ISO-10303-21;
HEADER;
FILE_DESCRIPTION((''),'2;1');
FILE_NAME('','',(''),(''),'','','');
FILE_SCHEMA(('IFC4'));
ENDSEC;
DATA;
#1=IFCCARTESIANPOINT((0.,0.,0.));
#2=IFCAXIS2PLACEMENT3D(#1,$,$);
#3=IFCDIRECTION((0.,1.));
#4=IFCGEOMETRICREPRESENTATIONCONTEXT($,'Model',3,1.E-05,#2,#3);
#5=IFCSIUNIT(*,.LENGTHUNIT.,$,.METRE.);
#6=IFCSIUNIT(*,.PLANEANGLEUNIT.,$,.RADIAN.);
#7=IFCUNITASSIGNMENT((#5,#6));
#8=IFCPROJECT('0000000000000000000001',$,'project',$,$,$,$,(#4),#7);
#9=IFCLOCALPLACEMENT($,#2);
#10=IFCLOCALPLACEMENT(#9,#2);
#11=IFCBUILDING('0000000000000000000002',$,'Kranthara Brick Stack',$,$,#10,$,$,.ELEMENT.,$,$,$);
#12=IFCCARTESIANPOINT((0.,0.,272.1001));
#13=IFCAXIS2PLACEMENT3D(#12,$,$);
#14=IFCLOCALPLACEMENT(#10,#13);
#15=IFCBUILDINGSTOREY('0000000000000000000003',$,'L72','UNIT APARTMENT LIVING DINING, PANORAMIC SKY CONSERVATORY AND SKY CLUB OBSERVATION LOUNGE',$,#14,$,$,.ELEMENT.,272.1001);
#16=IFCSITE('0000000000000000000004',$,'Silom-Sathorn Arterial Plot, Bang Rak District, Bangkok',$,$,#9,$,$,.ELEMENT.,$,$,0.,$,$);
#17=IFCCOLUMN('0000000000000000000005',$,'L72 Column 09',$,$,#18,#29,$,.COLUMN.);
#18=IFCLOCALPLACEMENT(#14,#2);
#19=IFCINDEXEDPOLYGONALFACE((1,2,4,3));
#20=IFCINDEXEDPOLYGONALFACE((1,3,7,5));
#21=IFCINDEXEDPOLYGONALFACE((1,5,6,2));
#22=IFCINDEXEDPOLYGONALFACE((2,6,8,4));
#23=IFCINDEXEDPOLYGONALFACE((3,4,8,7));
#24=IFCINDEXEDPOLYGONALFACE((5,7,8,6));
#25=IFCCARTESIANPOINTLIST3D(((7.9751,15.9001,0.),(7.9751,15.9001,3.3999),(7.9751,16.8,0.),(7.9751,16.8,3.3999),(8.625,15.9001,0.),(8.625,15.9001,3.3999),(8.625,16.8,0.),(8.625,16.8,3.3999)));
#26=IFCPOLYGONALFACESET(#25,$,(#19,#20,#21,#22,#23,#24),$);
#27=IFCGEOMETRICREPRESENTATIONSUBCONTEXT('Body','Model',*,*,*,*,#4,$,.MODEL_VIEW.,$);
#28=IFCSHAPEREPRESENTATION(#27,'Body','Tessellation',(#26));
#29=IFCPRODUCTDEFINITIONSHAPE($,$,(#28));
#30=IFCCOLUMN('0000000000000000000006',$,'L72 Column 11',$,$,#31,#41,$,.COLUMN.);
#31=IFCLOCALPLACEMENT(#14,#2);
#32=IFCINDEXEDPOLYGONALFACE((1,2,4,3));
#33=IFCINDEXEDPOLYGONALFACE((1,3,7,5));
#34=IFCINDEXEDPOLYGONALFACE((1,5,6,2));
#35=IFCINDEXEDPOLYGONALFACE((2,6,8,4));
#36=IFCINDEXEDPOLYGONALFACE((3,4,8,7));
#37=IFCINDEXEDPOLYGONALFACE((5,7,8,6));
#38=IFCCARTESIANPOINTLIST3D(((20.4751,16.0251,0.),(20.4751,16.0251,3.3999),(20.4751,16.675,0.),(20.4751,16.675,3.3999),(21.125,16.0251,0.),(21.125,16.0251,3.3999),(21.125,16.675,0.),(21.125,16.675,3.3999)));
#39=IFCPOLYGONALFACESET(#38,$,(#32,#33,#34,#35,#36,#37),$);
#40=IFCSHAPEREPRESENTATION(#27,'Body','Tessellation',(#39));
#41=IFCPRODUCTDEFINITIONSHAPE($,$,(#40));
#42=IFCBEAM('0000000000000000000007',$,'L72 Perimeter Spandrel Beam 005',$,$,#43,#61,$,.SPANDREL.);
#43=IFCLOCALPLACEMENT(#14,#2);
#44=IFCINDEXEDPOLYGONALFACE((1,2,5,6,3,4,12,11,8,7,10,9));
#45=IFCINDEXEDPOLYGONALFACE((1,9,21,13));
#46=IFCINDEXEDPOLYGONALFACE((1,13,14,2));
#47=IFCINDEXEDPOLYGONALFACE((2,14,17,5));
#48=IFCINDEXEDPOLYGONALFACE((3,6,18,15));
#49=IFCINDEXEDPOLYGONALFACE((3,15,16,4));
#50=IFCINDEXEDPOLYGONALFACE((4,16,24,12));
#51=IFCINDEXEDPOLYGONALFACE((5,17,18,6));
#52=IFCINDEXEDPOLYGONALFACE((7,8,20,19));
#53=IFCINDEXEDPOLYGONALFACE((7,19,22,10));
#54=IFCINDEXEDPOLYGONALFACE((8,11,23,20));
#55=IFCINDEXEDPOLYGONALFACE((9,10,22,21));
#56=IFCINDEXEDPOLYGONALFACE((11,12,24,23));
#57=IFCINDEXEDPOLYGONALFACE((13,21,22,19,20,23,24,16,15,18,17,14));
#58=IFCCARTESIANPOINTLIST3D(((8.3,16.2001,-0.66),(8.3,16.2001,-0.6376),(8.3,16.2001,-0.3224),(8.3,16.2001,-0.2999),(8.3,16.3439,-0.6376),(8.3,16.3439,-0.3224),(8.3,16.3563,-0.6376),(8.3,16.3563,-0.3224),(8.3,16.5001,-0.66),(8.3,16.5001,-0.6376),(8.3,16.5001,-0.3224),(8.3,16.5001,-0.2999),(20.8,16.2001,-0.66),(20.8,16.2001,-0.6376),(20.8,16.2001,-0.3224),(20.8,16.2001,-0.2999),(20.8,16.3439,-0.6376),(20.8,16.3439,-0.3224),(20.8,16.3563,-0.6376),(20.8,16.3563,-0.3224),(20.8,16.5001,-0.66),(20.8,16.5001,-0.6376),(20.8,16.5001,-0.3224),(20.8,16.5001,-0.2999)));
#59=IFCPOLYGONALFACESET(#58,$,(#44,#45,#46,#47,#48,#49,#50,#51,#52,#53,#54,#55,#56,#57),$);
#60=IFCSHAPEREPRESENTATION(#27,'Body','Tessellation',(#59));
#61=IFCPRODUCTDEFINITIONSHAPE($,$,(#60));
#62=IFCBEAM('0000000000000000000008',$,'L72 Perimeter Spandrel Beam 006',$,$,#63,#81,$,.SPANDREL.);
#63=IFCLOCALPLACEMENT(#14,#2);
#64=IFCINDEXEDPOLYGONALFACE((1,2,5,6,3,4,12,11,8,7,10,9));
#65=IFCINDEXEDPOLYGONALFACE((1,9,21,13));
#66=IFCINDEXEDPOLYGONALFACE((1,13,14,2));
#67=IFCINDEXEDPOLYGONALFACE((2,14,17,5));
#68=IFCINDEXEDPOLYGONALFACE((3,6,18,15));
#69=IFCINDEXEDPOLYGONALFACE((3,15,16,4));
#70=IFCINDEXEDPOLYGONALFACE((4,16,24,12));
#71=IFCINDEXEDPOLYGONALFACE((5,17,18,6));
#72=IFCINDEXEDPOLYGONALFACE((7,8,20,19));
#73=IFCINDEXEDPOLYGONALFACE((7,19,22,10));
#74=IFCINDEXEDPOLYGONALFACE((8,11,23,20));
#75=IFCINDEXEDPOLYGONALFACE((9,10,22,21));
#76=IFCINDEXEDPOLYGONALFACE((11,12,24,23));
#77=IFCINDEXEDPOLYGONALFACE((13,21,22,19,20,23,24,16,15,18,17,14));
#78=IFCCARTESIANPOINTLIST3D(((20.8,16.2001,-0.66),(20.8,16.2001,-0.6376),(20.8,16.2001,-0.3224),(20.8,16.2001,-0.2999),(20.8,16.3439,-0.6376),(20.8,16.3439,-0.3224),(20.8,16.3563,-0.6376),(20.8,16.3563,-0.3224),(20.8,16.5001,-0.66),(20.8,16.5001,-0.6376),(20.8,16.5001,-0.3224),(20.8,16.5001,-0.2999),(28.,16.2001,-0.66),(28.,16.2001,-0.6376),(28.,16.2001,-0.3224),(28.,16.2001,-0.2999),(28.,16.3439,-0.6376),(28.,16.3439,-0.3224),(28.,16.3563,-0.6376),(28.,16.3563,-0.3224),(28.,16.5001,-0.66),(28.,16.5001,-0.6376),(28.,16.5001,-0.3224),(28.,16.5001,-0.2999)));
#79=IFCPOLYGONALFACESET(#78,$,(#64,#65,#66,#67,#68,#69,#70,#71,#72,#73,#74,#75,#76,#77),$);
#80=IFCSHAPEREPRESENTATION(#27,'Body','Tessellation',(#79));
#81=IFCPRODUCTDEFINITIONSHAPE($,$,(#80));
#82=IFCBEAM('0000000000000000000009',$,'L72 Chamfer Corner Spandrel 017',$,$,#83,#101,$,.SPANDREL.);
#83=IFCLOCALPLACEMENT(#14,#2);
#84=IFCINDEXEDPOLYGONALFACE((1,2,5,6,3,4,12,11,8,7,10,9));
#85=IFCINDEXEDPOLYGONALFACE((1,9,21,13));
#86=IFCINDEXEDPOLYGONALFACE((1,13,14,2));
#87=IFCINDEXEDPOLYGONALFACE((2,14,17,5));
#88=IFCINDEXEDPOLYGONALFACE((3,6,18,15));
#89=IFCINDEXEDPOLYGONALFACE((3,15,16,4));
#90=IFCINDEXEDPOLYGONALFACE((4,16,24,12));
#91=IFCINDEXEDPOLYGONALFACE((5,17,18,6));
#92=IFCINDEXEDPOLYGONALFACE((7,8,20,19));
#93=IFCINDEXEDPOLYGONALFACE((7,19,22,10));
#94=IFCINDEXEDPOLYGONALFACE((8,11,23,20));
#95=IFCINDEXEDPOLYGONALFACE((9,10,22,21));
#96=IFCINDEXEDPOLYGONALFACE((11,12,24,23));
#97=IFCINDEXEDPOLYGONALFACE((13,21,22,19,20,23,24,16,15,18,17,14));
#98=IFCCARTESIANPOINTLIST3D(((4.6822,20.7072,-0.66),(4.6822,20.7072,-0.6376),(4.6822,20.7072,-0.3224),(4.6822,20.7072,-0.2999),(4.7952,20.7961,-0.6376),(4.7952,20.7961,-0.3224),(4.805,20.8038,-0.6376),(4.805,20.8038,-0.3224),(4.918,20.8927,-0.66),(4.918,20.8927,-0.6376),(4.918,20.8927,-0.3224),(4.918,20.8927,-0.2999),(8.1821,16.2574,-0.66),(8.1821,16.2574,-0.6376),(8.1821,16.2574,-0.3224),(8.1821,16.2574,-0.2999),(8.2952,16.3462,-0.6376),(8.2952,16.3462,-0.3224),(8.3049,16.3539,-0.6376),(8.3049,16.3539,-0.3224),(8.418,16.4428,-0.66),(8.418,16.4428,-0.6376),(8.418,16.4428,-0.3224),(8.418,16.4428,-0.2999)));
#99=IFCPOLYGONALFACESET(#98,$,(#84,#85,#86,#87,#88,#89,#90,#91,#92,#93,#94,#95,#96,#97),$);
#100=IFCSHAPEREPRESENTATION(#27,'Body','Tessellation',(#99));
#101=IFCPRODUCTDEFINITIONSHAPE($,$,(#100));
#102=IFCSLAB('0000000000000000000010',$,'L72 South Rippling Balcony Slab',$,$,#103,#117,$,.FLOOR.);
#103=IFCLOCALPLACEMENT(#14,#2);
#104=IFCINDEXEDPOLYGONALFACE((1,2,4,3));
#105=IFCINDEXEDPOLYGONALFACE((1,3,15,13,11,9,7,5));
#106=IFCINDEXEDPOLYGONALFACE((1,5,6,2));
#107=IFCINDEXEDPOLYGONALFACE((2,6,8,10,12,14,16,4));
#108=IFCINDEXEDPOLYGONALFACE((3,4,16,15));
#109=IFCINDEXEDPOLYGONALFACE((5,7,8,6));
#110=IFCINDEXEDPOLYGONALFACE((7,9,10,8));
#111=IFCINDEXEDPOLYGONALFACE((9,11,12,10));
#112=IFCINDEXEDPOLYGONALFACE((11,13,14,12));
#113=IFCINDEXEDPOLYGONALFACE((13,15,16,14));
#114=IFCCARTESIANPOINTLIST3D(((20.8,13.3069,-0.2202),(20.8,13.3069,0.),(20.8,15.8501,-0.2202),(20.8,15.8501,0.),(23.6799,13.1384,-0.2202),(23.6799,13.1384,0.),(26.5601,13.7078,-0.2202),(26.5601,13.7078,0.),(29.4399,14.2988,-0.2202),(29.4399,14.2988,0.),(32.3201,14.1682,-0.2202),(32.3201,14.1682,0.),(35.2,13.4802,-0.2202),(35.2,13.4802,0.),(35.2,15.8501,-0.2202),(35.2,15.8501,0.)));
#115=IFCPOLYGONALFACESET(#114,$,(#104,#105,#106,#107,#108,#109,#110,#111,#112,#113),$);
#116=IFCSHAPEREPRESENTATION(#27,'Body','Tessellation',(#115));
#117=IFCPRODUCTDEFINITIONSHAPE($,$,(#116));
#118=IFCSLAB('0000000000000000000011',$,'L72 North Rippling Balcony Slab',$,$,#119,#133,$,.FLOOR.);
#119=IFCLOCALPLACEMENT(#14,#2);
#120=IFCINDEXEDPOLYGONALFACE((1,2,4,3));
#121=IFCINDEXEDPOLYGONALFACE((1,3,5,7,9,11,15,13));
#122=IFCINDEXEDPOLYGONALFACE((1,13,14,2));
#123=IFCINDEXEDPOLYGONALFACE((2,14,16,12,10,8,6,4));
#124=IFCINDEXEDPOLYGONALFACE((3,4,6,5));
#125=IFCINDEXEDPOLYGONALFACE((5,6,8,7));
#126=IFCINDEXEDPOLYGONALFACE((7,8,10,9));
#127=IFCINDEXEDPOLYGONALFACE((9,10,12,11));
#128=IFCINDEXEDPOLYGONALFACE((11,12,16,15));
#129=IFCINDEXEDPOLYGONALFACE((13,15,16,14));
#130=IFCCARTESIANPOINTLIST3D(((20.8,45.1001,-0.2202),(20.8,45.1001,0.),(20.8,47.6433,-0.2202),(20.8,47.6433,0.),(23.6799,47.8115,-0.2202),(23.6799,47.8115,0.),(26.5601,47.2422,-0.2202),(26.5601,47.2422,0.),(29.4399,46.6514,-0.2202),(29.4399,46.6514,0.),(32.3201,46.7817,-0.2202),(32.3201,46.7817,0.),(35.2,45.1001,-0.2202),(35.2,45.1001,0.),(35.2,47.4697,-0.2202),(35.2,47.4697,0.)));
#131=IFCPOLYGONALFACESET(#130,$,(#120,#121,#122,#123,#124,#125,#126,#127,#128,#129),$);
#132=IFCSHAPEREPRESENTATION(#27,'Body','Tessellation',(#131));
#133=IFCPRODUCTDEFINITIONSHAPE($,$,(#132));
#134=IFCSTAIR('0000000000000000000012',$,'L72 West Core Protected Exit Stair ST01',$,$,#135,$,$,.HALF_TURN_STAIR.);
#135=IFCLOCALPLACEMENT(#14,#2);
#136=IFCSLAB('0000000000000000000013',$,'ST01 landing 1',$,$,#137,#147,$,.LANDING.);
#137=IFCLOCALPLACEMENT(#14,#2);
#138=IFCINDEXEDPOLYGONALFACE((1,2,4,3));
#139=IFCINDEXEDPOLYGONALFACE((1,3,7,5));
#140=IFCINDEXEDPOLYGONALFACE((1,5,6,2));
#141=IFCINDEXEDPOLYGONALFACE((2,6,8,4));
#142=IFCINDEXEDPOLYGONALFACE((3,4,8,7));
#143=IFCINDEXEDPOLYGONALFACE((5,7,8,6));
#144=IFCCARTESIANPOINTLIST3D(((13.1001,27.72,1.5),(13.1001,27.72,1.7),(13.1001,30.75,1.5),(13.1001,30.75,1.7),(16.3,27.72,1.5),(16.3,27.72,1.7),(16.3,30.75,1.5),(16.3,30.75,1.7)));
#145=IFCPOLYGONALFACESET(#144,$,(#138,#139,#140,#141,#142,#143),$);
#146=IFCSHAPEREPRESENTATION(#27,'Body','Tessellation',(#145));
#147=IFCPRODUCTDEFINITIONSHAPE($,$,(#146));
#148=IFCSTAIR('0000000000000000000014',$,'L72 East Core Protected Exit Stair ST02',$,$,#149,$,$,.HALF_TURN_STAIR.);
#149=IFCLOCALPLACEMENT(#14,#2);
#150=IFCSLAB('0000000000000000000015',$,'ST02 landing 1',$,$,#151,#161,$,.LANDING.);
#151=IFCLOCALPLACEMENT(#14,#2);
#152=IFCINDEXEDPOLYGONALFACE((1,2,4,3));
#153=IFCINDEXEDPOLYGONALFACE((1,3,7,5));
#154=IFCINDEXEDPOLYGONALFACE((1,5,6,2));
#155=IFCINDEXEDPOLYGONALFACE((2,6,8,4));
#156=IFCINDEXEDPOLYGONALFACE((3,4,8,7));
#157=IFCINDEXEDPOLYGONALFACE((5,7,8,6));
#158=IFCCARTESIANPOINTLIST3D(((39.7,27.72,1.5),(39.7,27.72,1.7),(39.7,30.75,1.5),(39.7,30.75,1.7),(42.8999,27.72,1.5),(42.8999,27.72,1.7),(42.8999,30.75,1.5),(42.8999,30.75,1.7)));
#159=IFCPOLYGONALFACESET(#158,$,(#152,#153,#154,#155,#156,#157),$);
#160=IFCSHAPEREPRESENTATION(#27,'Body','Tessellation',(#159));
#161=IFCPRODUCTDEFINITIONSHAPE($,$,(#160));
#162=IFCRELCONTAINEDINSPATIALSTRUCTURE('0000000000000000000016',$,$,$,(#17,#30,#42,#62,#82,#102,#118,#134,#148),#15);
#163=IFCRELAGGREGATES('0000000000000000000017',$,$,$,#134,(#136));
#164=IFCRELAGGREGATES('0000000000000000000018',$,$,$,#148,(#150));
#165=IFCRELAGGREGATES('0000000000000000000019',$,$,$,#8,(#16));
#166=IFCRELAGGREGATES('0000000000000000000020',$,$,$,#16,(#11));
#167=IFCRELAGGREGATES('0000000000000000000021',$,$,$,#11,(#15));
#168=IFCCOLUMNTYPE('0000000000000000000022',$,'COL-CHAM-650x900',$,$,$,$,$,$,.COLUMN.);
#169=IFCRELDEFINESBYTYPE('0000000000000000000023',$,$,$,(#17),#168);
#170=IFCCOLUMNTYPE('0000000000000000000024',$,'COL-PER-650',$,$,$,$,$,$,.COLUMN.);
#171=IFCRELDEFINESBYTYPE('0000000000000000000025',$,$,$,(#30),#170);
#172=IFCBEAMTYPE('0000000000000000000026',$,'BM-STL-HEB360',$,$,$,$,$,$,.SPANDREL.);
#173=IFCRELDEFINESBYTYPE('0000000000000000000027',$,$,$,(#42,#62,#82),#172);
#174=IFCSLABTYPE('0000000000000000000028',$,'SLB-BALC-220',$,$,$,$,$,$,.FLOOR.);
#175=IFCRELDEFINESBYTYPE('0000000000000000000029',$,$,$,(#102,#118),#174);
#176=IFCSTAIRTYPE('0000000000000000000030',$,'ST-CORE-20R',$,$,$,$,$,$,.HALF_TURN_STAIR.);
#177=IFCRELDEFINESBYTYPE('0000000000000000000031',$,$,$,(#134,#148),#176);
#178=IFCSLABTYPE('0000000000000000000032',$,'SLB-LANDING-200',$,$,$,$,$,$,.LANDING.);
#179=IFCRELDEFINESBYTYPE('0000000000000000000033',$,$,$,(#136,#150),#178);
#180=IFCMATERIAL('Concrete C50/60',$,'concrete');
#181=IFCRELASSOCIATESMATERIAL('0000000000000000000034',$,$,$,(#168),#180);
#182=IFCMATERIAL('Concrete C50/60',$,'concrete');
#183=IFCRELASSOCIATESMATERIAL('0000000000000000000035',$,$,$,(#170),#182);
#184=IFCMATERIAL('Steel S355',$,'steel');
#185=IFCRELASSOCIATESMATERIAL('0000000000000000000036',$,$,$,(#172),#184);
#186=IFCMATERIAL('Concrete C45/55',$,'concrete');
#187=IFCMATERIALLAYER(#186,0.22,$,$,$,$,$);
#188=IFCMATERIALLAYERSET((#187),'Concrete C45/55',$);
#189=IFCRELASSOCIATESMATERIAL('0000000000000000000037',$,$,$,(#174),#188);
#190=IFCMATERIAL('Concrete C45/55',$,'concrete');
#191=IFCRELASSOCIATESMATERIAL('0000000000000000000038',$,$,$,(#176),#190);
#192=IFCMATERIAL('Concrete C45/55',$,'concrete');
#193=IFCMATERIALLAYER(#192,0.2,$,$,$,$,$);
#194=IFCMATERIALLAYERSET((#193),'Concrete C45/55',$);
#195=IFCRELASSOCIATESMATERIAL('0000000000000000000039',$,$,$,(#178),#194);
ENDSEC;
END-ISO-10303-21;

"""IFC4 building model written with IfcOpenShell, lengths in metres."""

from ifc_helpers import new_model, si_unit, direction, frame, origin, origin_2d, place, context, subcontext, project, spatial, polyline, rectangle, i_section, outline, extrude, material, layer, layer_set, material_profile, profile_set, type_object, element, aggregate, save


model = new_model("IFC4")

# Units and contexts
model_context = context("Model", 3, precision=1e-05, world=origin(), true_north=direction((0.0, 1.0)))
body_context = subcontext(model_context, "Body", "Model", "MODEL_VIEW")
ifc_project = project(units=[si_unit("LENGTHUNIT", "METRE"), si_unit("PLANEANGLEUNIT", "RADIAN")], contexts=[model_context])

# Site, building, storey
site_placement = place(None, origin())
site = spatial("IfcSite", under=ifc_project, at=site_placement, Name="Silom-Sathorn Arterial Plot, Bang Rak District, Bangkok", CompositionType="ELEMENT", RefElevation=0.0)
building_placement = place(site_placement, origin())
building = spatial("IfcBuilding", under=site, at=building_placement, Name="Kranthara Brick Stack", CompositionType="ELEMENT")
storey_placement = place(building_placement, frame((0.0, 0.0, 272.1001)))
storey = spatial("IfcBuildingStorey", under=building, at=storey_placement, Name="L72", Description="UNIT APARTMENT LIVING DINING, PANORAMIC SKY CONSERVATORY AND SKY CLUB OBSERVATION LOUNGE", CompositionType="ELEMENT", Elevation=272.1001)

# Columns
ifc_material_1 = material(Name="Concrete C50/60", Category="concrete")
ifc_material_profile_1 = material_profile(ifc_material_1, rectangle(XDim=0.6499, YDim=0.8999, at=origin_2d()), Name="RC 650x900")
ifc_profile_set_1 = profile_set([ifc_material_profile_1], Name="Concrete C50/60")
column_type_1 = type_object("IfcColumnType", Name="COL-CHAM-650x900", PredefinedType="COLUMN", material=ifc_profile_set_1)
column_1_placement = place(storey_placement, frame((8.3, 16.3501, 0.0), z_axis=(0.0, 0.0, 1.0), x_axis=(1.0, 0.0, 0.0)))
element("IfcColumn", 1, at=column_1_placement, inside=storey, type_object=column_type_1, Name="L72 Column 09", PredefinedType="COLUMN", context=body_context, shape_type="SweptSolid", body=[
    extrude(rectangle(XDim=0.6499, YDim=0.8999, at=origin_2d()), origin(), (0.0, 0.0, 1.0), 3.3999),
])
ifc_material_2 = material(Name="Concrete C50/60", Category="concrete")
ifc_material_profile_2 = material_profile(ifc_material_2, rectangle(XDim=0.6499, YDim=0.6499, at=origin_2d()), Name="RC 650x650")
ifc_profile_set_2 = profile_set([ifc_material_profile_2], Name="Concrete C50/60")
column_type_2 = type_object("IfcColumnType", Name="COL-PER-650", PredefinedType="COLUMN", material=ifc_profile_set_2)
column_2_placement = place(storey_placement, frame((20.8, 16.3501, 0.0), z_axis=(0.0, 0.0, 1.0), x_axis=(1.0, 0.0, 0.0)))
element("IfcColumn", 2, at=column_2_placement, inside=storey, type_object=column_type_2, Name="L72 Column 11", PredefinedType="COLUMN", context=body_context, shape_type="SweptSolid", body=[
    extrude(rectangle(XDim=0.6499, YDim=0.6499, at=origin_2d()), origin(), (0.0, 0.0, 1.0), 3.3999),
])

# Beams
ifc_material_3 = material(Name="Steel S355", Category="steel")
ifc_material_profile_3 = material_profile(ifc_material_3, i_section(OverallWidth=0.3, OverallDepth=0.3601, WebThickness=0.0125, FlangeThickness=0.0225, at=origin_2d()), Name="HEB 360")
ifc_profile_set_3 = profile_set([ifc_material_profile_3], Name="Steel S355")
beam_type = type_object("IfcBeamType", Name="BM-STL-HEB360", PredefinedType="SPANDREL", material=ifc_profile_set_3)
beam_1_placement = place(storey_placement, frame((8.3, 16.3501, -0.48), z_axis=(1.0, 0.0, 0.0), x_axis=(0.0, 1.0, 0.0)))
element("IfcBeam", 3, at=beam_1_placement, inside=storey, type_object=beam_type, Name="L72 Perimeter Spandrel Beam 005", PredefinedType="SPANDREL", context=body_context, shape_type="SweptSolid", body=[
    extrude(i_section(OverallWidth=0.3, OverallDepth=0.3601, WebThickness=0.0125, FlangeThickness=0.0225, at=origin_2d()), origin(), (0.0, 0.0, 1.0), 12.5),
])
beam_2_placement = place(storey_placement, frame((20.8, 16.3501, -0.48), z_axis=(1.0, 0.0, 0.0), x_axis=(0.0, 1.0, 0.0)))
element("IfcBeam", 4, at=beam_2_placement, inside=storey, type_object=beam_type, Name="L72 Perimeter Spandrel Beam 006", PredefinedType="SPANDREL", context=body_context, shape_type="SweptSolid", body=[
    extrude(i_section(OverallWidth=0.3, OverallDepth=0.3601, WebThickness=0.0125, FlangeThickness=0.0225, at=origin_2d()), origin(), (0.0, 0.0, 1.0), 7.2),
])
beam_3_placement = place(storey_placement, frame((8.3, 16.3501, -0.48), z_axis=(-0.618216, 0.786008, 0.0), x_axis=(-0.786008, -0.618216, 0.0)))
element("IfcBeam", 5, at=beam_3_placement, inside=storey, type_object=beam_type, Name="L72 Chamfer Corner Spandrel 017", PredefinedType="SPANDREL", context=body_context, shape_type="SweptSolid", body=[
    extrude(i_section(OverallWidth=0.3, OverallDepth=0.3601, WebThickness=0.0125, FlangeThickness=0.0225, at=origin_2d()), origin(), (0.0, 0.0, 1.0), 5.6614),
])

# Slabs
ifc_material_4 = material(Name="Concrete C45/55", Category="concrete")
ifc_layer_1 = layer(ifc_material_4, 0.22)
ifc_layer_set_1 = layer_set([ifc_layer_1], Name="Concrete C45/55")
slab_type_1 = type_object("IfcSlabType", Name="SLB-BALC-220", PredefinedType="FLOOR", material=ifc_layer_set_1)
slab_1_placement = place(storey_placement, frame((0.0, 0.0, -0.2202)))
element("IfcSlab", 6, at=slab_1_placement, inside=storey, type_object=slab_type_1, Name="L72 South Rippling Balcony Slab", PredefinedType="FLOOR", context=body_context, shape_type="SweptSolid", body=[
    extrude(outline(polyline([(20.8, 15.8501), (35.2, 15.8501), (35.2, 13.4802), (32.3201, 14.1682), (29.4399, 14.2988), (26.5601, 13.7078), (23.6799, 13.1384), (20.8, 13.3069), (20.8, 15.8501)])), origin(), (0.0, 0.0, 1.0), 0.2202),
])
slab_2_placement = place(storey_placement, frame((0.0, 0.0, -0.2202)))
element("IfcSlab", 7, at=slab_2_placement, inside=storey, type_object=slab_type_1, Name="L72 North Rippling Balcony Slab", PredefinedType="FLOOR", context=body_context, shape_type="SweptSolid", body=[
    extrude(outline(polyline([(35.2, 45.1001), (20.8, 45.1001), (20.8, 47.6433), (23.6799, 47.8115), (26.5601, 47.2422), (29.4399, 46.6514), (32.3201, 46.7817), (35.2, 47.4697), (35.2, 45.1001)])), origin(), (0.0, 0.0, 1.0), 0.2202),
])

# Stairs, slabs
ifc_material_5 = material(Name="Concrete C45/55", Category="concrete")
stair_type = type_object("IfcStairType", Name="ST-CORE-20R", PredefinedType="HALF_TURN_STAIR", material=ifc_material_5)
stair_1_placement = place(storey_placement, origin())
stair_1 = element("IfcStair", 8, at=stair_1_placement, inside=storey, type_object=stair_type, Name="L72 West Core Protected Exit Stair ST01", PredefinedType="HALF_TURN_STAIR")
ifc_material_6 = material(Name="Concrete C45/55", Category="concrete")
ifc_layer_2 = layer(ifc_material_6, 0.2)
ifc_layer_set_2 = layer_set([ifc_layer_2], Name="Concrete C45/55")
slab_type_2 = type_object("IfcSlabType", Name="SLB-LANDING-200", PredefinedType="LANDING", material=ifc_layer_set_2)
slab_3_placement = place(storey_placement, frame((0.0, 0.0, 1.5)))
slab_3 = element("IfcSlab", 9, at=slab_3_placement, type_object=slab_type_2, Name="ST01 landing 1", PredefinedType="LANDING", context=body_context, shape_type="SweptSolid", body=[
    extrude(outline(polyline([(16.3, 27.72), (16.3, 30.75), (13.1001, 30.75), (13.1001, 27.72), (16.3, 27.72)])), origin(), (0.0, 0.0, 1.0), 0.2),
])
aggregate(stair_1, [slab_3])
stair_2_placement = place(storey_placement, origin())
stair_2 = element("IfcStair", 10, at=stair_2_placement, inside=storey, type_object=stair_type, Name="L72 East Core Protected Exit Stair ST02", PredefinedType="HALF_TURN_STAIR")
slab_4_placement = place(storey_placement, frame((0.0, 0.0, 1.5)))
slab_4 = element("IfcSlab", 11, at=slab_4_placement, type_object=slab_type_2, Name="ST02 landing 1", PredefinedType="LANDING", context=body_context, shape_type="SweptSolid", body=[
    extrude(outline(polyline([(42.8999, 27.72), (42.8999, 30.75), (39.7, 30.75), (39.7, 27.72), (42.8999, 27.72)])), origin(), (0.0, 0.0, 1.0), 0.2),
])
aggregate(stair_2, [slab_4])

save(model, "model.ifc")
